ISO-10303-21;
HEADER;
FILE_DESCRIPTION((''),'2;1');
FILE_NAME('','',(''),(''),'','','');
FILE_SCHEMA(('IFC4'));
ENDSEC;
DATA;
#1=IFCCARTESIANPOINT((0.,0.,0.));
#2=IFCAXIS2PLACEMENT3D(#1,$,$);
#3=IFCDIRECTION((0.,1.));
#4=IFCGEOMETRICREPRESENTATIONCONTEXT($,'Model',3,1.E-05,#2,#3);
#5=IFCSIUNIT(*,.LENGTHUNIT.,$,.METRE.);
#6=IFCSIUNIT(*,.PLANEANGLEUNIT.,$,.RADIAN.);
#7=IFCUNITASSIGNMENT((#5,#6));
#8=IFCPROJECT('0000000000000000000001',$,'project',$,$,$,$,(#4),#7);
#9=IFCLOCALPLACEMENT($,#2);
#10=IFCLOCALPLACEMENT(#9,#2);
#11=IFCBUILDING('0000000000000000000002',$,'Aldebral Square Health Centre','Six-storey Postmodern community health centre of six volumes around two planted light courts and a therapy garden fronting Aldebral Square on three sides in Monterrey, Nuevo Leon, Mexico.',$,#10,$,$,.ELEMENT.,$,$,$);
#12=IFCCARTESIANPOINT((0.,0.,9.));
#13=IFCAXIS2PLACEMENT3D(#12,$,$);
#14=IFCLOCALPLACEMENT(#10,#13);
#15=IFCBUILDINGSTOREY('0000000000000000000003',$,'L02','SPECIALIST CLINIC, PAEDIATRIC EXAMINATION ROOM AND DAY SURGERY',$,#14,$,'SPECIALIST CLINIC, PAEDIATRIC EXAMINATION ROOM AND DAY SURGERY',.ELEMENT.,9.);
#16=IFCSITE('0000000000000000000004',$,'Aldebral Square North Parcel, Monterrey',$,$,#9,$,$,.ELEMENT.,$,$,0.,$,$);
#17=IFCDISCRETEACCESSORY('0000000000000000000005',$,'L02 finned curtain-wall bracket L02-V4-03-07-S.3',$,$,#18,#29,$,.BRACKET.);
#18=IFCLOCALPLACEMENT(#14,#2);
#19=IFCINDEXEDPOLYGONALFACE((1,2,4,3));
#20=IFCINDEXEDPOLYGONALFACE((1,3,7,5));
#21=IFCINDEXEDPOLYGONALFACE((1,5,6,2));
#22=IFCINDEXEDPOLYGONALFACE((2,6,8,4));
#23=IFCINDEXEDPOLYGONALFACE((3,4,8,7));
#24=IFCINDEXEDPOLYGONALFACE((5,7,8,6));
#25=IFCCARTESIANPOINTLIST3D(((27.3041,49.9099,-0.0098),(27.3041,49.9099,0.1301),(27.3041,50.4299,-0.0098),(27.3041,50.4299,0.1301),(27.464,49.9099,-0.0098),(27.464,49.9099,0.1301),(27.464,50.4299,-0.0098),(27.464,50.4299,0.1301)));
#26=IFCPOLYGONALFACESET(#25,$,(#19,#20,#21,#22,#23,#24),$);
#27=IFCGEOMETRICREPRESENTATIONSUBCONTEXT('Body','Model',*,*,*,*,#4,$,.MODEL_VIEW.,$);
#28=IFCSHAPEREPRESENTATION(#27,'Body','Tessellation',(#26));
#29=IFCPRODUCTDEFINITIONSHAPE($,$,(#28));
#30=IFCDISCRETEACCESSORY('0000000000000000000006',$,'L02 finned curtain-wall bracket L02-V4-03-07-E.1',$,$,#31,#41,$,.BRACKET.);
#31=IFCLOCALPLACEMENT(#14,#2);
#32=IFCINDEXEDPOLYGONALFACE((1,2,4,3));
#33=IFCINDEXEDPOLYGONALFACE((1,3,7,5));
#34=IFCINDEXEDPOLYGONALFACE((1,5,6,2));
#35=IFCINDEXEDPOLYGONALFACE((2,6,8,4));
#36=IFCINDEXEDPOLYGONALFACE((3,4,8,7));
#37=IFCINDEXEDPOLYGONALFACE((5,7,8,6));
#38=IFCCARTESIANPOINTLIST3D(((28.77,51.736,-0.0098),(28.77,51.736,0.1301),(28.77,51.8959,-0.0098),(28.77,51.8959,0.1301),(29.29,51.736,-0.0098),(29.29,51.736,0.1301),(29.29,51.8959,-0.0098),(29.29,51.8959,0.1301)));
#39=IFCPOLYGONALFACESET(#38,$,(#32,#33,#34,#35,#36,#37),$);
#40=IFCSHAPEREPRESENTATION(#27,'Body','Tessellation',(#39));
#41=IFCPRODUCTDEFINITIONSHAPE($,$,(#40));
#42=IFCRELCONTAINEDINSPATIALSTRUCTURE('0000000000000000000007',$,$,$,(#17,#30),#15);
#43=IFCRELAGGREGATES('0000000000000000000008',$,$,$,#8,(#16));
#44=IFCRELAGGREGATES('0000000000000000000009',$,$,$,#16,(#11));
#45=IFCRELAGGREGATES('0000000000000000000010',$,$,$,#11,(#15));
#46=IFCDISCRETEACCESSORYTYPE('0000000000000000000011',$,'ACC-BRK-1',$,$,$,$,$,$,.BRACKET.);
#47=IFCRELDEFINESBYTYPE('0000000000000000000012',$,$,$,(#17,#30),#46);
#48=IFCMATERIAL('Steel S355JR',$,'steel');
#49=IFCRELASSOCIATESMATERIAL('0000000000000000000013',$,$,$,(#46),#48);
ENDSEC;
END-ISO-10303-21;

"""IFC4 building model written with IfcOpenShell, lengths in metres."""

from ifc_helpers import new_model, si_unit, direction, frame, origin, origin_2d, place, context, subcontext, project, spatial, rectangle, extrude, material, type_object, element, save


model = new_model("IFC4")

# Units and contexts
model_context = context("Model", 3, precision=1e-05, world=origin(), true_north=direction((0.0, 1.0)))
body_context = subcontext(model_context, "Body", "Model", "MODEL_VIEW")
ifc_project = project(units=[si_unit("LENGTHUNIT", "METRE"), si_unit("PLANEANGLEUNIT", "RADIAN")], contexts=[model_context])

# Site, building, storey
site_placement = place(None, origin())
site = spatial("IfcSite", under=ifc_project, at=site_placement, Name="Aldebral Square North Parcel, Monterrey", CompositionType="ELEMENT", RefElevation=0.0)
building_placement = place(site_placement, origin())
building = spatial("IfcBuilding", under=site, at=building_placement, Name="Aldebral Square Health Centre", Description="Six-storey Postmodern community health centre of six volumes around two planted light courts and a therapy garden fronting Aldebral Square on three sides in Monterrey, Nuevo Leon, Mexico.", CompositionType="ELEMENT")
storey_placement = place(building_placement, frame((0.0, 0.0, 9.0)))
storey = spatial("IfcBuildingStorey", under=building, at=storey_placement, Name="L02", Description="SPECIALIST CLINIC, PAEDIATRIC EXAMINATION ROOM AND DAY SURGERY", LongName="SPECIALIST CLINIC, PAEDIATRIC EXAMINATION ROOM AND DAY SURGERY", CompositionType="ELEMENT", Elevation=9.0)

# Discrete accessories
ifc_material_1 = material(Name="Steel S355JR", Category="steel")
discrete_accessory_type = type_object("IfcDiscreteAccessoryType", Name="ACC-BRK-1", PredefinedType="BRACKET", material=ifc_material_1)
for number, where, z_axis, x_axis, name in (
    (1, (27.384, 50.1699, -0.0098), (0.0, 0.0, 1.0), (1.0, 0.0, 0.0), "L02 finned curtain-wall bracket L02-V4-03-07-S.3"),
    (2, (29.03, 51.8159, -0.0098), (0.0, 0.0, 1.0), (0.0, 1.0, 0.0), "L02 finned curtain-wall bracket L02-V4-03-07-E.1"),
):
    element("IfcDiscreteAccessory", number, at=place(storey_placement, frame(where, z_axis=z_axis, x_axis=x_axis)), inside=storey, type_object=discrete_accessory_type, Name=name, PredefinedType="BRACKET", context=body_context, shape_type="SweptSolid", body=[
        extrude(rectangle(XDim=0.1599, YDim=0.52, at=origin_2d()), origin(), (0.0, 0.0, 1.0), 0.1399),
    ])

save(model, "model.ifc")
